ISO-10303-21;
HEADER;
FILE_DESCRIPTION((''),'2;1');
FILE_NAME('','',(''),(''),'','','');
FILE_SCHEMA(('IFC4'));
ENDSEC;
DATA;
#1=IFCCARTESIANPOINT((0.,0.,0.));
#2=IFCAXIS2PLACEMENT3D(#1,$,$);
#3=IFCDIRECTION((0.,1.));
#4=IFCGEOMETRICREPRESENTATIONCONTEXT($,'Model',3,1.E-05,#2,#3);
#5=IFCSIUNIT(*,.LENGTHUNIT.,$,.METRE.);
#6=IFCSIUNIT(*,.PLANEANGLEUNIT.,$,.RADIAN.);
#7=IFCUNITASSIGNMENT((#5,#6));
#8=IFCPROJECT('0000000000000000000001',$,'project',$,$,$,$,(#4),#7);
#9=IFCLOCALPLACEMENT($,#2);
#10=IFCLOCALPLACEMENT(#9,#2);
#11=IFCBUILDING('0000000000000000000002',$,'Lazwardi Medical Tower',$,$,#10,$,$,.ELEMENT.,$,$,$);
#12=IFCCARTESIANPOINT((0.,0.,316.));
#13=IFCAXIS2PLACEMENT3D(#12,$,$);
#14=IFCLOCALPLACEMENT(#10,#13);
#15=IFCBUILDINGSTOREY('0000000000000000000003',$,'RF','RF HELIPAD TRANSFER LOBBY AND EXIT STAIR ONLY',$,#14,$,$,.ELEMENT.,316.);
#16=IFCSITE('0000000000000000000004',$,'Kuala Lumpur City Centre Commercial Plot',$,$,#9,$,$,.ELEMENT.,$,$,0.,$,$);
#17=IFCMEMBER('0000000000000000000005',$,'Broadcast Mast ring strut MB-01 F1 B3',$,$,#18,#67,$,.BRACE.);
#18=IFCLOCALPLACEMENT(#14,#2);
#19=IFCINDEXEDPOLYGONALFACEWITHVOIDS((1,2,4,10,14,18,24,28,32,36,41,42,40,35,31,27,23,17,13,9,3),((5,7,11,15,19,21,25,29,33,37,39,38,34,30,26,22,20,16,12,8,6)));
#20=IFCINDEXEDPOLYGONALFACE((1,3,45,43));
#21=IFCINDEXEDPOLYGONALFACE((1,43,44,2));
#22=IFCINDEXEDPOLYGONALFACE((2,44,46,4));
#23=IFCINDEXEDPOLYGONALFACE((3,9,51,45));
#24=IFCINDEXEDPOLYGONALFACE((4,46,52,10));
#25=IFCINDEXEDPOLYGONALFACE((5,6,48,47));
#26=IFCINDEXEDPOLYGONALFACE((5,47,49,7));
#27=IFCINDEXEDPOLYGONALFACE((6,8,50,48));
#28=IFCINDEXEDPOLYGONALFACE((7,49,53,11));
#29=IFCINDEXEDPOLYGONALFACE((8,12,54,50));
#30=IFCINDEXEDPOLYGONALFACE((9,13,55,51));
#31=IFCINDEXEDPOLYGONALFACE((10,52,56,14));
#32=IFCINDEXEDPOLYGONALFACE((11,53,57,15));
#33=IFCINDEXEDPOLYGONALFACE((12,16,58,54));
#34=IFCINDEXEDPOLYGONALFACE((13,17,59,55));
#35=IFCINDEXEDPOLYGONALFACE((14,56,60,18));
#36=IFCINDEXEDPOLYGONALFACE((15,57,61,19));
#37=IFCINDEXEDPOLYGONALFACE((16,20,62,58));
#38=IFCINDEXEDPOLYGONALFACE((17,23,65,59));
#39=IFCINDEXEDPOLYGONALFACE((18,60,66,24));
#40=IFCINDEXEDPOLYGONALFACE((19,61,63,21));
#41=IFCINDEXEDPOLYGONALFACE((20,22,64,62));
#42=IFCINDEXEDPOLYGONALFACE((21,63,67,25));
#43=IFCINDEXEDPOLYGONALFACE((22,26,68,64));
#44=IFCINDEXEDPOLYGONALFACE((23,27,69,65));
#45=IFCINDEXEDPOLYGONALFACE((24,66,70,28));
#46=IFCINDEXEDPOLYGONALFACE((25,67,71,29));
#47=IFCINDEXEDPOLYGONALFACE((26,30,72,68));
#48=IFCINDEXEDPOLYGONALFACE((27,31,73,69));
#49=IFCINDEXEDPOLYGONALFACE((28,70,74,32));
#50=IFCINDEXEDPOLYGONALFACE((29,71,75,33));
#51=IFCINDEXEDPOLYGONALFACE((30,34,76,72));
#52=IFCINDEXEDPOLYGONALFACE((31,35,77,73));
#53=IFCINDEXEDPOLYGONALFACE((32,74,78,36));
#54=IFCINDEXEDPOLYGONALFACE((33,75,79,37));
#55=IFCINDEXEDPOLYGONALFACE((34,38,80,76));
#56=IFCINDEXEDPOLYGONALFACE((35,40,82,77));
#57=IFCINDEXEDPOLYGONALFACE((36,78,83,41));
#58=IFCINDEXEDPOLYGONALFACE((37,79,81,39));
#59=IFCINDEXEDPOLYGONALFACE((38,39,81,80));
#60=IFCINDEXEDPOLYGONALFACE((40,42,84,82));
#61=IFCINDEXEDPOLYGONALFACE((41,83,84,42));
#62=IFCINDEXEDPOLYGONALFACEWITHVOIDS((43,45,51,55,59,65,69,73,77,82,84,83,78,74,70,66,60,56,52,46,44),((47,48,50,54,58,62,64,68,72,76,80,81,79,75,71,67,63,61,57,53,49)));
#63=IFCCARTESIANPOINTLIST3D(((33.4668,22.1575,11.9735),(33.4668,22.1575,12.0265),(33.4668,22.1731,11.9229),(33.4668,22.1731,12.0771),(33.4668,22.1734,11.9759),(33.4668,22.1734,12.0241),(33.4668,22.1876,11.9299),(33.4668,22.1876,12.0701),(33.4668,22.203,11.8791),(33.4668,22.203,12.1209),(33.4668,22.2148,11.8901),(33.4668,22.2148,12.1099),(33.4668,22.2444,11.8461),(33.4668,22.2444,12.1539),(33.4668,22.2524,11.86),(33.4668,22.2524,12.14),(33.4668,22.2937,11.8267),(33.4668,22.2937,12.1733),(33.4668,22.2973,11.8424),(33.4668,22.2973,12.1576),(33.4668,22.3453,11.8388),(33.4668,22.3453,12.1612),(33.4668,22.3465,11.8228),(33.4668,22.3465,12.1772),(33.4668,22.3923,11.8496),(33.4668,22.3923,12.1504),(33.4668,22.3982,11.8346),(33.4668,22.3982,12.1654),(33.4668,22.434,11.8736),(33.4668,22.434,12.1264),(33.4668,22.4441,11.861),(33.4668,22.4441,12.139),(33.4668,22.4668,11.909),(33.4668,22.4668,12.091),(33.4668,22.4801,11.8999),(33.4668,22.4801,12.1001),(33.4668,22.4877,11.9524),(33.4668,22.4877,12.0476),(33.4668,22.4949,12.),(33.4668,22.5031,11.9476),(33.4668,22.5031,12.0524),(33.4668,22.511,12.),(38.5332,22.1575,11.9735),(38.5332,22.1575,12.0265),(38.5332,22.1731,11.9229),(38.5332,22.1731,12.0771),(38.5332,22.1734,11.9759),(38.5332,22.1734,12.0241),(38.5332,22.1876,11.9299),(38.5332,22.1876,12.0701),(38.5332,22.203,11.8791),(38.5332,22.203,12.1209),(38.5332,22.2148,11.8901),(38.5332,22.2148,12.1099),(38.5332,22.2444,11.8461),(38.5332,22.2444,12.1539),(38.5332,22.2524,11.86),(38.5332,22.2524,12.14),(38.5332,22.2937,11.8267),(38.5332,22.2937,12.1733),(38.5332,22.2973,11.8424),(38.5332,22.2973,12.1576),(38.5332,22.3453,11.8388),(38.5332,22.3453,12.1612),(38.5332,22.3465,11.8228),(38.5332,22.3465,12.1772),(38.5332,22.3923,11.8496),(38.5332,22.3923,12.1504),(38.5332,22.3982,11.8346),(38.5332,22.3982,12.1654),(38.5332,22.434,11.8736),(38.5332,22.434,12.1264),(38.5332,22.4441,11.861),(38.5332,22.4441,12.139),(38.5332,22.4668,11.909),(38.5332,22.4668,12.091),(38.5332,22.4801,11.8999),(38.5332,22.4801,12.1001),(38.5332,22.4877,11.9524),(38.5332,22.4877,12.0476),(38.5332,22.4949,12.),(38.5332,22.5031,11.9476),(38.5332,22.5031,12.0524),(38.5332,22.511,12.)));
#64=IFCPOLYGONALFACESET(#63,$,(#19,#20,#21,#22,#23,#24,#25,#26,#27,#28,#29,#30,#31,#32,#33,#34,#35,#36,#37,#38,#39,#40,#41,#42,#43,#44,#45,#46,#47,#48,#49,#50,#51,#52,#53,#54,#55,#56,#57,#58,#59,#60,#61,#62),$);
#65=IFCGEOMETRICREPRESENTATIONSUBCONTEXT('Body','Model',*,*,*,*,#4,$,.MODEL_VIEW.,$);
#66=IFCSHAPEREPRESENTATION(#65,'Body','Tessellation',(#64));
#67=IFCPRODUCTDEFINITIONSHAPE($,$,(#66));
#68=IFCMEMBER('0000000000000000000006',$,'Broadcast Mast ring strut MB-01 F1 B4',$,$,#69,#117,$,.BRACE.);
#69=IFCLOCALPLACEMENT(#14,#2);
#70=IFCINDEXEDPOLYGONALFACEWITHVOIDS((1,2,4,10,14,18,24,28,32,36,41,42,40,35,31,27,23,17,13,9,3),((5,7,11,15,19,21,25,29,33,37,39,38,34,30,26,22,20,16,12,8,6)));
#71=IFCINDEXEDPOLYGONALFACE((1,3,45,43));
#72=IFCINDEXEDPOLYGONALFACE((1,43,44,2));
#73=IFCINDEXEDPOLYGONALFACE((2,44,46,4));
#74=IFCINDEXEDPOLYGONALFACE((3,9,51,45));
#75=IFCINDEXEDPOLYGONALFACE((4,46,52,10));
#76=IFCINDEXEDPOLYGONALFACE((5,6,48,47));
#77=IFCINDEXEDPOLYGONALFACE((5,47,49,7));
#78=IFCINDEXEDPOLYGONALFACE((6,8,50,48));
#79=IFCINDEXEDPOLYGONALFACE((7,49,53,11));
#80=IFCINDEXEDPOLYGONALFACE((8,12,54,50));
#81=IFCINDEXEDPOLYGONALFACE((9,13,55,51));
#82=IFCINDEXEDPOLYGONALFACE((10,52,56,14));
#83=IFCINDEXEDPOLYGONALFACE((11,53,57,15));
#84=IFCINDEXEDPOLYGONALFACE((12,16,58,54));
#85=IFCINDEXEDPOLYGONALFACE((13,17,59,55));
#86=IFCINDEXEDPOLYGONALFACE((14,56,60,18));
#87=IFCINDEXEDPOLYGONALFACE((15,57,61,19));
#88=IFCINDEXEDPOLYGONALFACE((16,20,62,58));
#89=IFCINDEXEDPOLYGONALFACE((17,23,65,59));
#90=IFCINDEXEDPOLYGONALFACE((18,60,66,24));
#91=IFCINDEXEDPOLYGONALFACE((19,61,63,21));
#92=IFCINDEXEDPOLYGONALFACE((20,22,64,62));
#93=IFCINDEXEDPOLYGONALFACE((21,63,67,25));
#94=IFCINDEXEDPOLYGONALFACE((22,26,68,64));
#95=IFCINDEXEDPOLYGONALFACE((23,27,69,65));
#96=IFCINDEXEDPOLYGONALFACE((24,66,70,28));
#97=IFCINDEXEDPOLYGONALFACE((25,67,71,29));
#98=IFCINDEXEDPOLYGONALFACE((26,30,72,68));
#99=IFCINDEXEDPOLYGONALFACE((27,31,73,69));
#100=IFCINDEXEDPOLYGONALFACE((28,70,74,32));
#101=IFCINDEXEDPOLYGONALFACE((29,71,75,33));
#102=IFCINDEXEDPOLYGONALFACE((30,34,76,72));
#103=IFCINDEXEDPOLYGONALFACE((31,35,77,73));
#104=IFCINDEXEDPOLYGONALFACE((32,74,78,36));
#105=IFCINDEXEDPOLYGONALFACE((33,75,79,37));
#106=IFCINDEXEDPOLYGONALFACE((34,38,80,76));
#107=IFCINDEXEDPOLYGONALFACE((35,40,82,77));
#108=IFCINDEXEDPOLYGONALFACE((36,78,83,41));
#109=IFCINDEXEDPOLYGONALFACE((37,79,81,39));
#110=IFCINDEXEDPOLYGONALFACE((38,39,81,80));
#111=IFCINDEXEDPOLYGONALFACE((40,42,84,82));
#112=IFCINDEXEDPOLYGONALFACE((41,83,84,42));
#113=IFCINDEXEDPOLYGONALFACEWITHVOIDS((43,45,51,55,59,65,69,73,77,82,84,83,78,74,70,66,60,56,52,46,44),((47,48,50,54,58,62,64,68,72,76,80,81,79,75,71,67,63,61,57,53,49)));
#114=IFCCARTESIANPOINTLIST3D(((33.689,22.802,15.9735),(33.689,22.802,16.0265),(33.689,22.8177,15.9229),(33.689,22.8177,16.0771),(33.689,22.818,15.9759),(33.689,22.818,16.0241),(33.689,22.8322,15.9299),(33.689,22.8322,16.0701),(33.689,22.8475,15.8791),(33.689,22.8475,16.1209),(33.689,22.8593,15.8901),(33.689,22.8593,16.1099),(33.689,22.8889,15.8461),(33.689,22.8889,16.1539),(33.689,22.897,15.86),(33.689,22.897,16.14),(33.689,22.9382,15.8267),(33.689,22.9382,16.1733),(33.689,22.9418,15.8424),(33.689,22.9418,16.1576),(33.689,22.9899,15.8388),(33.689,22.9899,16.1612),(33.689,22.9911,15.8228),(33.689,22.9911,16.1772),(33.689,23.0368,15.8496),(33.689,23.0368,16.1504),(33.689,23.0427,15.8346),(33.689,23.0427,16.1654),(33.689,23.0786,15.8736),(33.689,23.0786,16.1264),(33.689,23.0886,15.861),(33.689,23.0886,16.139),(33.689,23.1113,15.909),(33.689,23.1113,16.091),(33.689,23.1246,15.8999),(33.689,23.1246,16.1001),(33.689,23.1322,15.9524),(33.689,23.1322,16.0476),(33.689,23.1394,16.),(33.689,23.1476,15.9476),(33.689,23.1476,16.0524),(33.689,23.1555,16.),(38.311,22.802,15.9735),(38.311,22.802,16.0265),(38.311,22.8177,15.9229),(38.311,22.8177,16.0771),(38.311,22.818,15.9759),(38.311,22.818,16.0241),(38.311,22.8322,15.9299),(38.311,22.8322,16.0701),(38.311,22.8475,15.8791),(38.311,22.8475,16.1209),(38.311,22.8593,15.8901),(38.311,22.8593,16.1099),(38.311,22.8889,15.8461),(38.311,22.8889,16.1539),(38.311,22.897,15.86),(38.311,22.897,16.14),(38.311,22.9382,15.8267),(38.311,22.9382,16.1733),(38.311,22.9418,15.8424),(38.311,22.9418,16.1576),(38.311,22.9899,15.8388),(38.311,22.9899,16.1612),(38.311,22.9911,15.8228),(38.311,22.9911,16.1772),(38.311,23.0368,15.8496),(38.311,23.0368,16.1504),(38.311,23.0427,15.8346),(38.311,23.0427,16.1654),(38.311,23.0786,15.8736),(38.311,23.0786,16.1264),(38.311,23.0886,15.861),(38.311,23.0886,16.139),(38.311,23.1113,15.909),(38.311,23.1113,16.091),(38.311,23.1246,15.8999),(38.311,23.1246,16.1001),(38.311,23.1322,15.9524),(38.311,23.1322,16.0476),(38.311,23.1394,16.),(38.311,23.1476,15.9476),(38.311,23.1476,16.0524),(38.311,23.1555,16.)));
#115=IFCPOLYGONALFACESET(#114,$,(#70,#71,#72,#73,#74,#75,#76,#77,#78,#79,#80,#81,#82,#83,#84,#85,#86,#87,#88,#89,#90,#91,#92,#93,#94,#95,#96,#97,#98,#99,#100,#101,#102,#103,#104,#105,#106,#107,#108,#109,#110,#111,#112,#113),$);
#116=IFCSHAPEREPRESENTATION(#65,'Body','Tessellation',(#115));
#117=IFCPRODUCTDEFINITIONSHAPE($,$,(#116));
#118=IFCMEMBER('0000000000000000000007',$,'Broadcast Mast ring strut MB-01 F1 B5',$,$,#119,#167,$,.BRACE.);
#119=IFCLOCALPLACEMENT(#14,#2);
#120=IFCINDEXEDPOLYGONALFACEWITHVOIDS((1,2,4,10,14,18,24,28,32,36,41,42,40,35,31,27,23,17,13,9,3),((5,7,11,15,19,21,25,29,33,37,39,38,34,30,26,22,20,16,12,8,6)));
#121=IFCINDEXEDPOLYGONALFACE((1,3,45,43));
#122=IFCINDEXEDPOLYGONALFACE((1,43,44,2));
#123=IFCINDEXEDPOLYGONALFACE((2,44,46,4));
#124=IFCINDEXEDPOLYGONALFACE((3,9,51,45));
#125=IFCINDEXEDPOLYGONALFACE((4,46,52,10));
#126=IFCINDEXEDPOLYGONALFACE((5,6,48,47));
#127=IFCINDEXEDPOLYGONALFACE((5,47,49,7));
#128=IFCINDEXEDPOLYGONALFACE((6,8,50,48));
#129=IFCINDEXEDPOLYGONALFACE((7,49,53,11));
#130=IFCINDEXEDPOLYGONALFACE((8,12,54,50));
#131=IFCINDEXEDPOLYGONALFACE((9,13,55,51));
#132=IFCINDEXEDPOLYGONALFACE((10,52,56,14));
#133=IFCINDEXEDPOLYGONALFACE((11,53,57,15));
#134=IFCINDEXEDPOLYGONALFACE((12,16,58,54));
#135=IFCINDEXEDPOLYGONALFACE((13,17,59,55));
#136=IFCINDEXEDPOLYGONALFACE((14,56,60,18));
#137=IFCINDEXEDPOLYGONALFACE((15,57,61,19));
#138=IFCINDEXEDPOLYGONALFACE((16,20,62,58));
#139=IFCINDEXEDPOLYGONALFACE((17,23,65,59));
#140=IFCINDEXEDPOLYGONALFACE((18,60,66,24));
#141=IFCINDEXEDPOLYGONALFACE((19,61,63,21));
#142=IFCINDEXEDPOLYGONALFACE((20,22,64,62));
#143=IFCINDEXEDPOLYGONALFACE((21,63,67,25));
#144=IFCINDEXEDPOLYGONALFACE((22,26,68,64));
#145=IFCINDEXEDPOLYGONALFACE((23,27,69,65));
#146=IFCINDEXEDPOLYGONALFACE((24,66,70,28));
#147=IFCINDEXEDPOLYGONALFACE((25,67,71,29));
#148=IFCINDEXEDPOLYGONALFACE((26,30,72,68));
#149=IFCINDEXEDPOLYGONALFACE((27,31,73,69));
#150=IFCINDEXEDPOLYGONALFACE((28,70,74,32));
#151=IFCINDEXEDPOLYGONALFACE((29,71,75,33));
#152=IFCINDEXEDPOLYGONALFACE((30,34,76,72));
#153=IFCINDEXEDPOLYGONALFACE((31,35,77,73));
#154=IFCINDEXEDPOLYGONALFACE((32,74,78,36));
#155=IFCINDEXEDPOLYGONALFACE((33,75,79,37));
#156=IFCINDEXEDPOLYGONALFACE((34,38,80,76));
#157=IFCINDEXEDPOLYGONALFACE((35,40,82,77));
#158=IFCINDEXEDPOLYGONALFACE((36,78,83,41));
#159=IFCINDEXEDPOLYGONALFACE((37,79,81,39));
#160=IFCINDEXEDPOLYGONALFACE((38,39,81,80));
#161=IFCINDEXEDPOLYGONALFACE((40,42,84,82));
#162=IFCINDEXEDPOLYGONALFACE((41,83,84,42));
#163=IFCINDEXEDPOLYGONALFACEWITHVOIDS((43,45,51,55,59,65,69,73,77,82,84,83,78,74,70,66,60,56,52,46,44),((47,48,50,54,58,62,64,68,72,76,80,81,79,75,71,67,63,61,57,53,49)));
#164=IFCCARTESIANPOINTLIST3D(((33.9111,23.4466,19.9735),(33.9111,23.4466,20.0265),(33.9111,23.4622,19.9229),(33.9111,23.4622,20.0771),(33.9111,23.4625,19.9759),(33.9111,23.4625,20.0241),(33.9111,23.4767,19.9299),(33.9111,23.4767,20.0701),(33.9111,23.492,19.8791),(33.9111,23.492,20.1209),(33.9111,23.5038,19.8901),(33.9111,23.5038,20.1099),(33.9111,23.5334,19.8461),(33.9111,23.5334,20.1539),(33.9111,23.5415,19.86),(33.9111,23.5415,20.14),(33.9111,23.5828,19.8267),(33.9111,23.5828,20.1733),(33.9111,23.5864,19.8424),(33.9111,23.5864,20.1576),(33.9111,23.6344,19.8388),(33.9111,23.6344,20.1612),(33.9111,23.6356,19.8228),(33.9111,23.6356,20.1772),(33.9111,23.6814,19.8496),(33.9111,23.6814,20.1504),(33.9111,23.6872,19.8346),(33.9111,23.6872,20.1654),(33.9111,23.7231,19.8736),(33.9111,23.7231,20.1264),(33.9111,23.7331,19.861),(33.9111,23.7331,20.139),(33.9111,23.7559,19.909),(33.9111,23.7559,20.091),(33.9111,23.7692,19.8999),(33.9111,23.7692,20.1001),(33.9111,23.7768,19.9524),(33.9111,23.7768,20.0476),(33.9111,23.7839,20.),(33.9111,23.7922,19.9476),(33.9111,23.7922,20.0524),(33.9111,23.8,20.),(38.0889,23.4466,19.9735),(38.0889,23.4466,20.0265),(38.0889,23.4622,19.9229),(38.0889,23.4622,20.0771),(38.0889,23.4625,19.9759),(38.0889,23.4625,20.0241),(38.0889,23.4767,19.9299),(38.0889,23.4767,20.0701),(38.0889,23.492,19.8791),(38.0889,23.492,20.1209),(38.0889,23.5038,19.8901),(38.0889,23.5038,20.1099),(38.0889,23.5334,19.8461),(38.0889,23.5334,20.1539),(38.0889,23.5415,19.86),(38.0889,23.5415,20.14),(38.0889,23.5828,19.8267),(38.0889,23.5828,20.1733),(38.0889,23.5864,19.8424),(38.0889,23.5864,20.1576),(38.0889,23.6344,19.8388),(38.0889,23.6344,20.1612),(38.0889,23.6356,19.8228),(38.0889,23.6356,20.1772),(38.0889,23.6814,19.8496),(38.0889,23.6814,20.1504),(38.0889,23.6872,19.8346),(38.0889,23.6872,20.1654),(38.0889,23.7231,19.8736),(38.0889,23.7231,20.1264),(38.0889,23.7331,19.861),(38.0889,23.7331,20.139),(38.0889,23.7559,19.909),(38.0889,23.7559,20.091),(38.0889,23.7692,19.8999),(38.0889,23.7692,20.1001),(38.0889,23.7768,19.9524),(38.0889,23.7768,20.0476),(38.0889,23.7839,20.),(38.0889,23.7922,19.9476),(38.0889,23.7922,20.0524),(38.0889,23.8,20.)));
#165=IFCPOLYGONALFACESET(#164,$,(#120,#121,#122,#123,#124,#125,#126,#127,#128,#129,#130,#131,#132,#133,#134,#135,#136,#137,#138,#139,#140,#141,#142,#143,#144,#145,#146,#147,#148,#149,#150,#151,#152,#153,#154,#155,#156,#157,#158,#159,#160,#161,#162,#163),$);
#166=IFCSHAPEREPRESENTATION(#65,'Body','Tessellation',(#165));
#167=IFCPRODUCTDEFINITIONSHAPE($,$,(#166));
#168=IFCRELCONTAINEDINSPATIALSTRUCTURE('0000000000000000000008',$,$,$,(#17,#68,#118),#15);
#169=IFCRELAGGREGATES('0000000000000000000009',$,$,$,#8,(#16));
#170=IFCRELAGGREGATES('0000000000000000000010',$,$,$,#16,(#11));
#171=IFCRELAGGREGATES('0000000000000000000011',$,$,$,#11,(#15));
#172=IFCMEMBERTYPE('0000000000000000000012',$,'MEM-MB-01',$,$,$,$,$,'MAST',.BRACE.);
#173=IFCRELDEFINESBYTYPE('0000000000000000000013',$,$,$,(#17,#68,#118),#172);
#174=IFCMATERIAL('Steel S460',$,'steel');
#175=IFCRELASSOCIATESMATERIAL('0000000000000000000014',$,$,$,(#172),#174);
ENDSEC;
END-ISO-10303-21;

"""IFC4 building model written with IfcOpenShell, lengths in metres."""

from ifc_helpers import new_model, si_unit, direction, frame, origin, origin_2d, place, context, subcontext, project, spatial, hollow_circle, extrude, material, material_profile, profile_set, type_object, element, save


model = new_model("IFC4")

# Units and contexts
model_context = context("Model", 3, precision=1e-05, world=origin(), true_north=direction((0.0, 1.0)))
body_context = subcontext(model_context, "Body", "Model", "MODEL_VIEW")
ifc_project = project(units=[si_unit("LENGTHUNIT", "METRE"), si_unit("PLANEANGLEUNIT", "RADIAN")], contexts=[model_context])

# Site, building, storey
site_placement = place(None, origin())
site = spatial("IfcSite", under=ifc_project, at=site_placement, Name="Kuala Lumpur City Centre Commercial Plot", CompositionType="ELEMENT", RefElevation=0.0)
building_placement = place(site_placement, origin())
building = spatial("IfcBuilding", under=site, at=building_placement, Name="Lazwardi Medical Tower", CompositionType="ELEMENT")
storey_placement = place(building_placement, frame((0.0, 0.0, 316.0)))
storey = spatial("IfcBuildingStorey", under=building, at=storey_placement, Name="RF", Description="RF HELIPAD TRANSFER LOBBY AND EXIT STAIR ONLY", CompositionType="ELEMENT", Elevation=316.0)

# Members
ifc_material = material(Name="Steel S460", Category="steel")
ifc_material_profile_1 = material_profile(ifc_material, hollow_circle(Radius=0.1777, WallThickness=0.0161, at=origin_2d()), Name="CHS 355.6x16")
ifc_profile_set_1 = profile_set([ifc_material_profile_1], Name="Steel S460")
member_type_1 = type_object("IfcMemberType", Name="MEM-MB-01", ElementType="MAST", PredefinedType="BRACE", material=ifc_profile_set_1)
member_1_placement = place(storey_placement, frame((33.4668, 22.3333, 12.0), z_axis=(1.0, 0.0, 0.0), x_axis=(0.0, 1.0, 0.0)))
element("IfcMember", 1, at=member_1_placement, inside=storey, type_object=member_type_1, Name="Broadcast Mast ring strut MB-01 F1 B3", PredefinedType="BRACE", context=body_context, shape_type="SweptSolid", body=[
    extrude(hollow_circle(Radius=0.1777, WallThickness=0.0161, at=origin_2d()), origin(), (0.0, 0.0, 1.0), 5.0664),
])
member_2_placement = place(storey_placement, frame((33.689, 22.9778, 16.0), z_axis=(1.0, 0.0, 0.0), x_axis=(0.0, 1.0, 0.0)))
element("IfcMember", 2, at=member_2_placement, inside=storey, type_object=member_type_1, Name="Broadcast Mast ring strut MB-01 F1 B4", PredefinedType="BRACE", context=body_context, shape_type="SweptSolid", body=[
    extrude(hollow_circle(Radius=0.1777, WallThickness=0.0161, at=origin_2d()), origin(), (0.0, 0.0, 1.0), 4.6221),
])
member_3_placement = place(storey_placement, frame((33.9111, 23.6223, 20.0), z_axis=(1.0, 0.0, 0.0), x_axis=(0.0, 1.0, 0.0)))
element("IfcMember", 3, at=member_3_placement, inside=storey, type_object=member_type_1, Name="Broadcast Mast ring strut MB-01 F1 B5", PredefinedType="BRACE", context=body_context, shape_type="SweptSolid", body=[
    extrude(hollow_circle(Radius=0.1777, WallThickness=0.0161, at=origin_2d()), origin(), (0.0, 0.0, 1.0), 4.1777),
])

save(model, "model.ifc")
